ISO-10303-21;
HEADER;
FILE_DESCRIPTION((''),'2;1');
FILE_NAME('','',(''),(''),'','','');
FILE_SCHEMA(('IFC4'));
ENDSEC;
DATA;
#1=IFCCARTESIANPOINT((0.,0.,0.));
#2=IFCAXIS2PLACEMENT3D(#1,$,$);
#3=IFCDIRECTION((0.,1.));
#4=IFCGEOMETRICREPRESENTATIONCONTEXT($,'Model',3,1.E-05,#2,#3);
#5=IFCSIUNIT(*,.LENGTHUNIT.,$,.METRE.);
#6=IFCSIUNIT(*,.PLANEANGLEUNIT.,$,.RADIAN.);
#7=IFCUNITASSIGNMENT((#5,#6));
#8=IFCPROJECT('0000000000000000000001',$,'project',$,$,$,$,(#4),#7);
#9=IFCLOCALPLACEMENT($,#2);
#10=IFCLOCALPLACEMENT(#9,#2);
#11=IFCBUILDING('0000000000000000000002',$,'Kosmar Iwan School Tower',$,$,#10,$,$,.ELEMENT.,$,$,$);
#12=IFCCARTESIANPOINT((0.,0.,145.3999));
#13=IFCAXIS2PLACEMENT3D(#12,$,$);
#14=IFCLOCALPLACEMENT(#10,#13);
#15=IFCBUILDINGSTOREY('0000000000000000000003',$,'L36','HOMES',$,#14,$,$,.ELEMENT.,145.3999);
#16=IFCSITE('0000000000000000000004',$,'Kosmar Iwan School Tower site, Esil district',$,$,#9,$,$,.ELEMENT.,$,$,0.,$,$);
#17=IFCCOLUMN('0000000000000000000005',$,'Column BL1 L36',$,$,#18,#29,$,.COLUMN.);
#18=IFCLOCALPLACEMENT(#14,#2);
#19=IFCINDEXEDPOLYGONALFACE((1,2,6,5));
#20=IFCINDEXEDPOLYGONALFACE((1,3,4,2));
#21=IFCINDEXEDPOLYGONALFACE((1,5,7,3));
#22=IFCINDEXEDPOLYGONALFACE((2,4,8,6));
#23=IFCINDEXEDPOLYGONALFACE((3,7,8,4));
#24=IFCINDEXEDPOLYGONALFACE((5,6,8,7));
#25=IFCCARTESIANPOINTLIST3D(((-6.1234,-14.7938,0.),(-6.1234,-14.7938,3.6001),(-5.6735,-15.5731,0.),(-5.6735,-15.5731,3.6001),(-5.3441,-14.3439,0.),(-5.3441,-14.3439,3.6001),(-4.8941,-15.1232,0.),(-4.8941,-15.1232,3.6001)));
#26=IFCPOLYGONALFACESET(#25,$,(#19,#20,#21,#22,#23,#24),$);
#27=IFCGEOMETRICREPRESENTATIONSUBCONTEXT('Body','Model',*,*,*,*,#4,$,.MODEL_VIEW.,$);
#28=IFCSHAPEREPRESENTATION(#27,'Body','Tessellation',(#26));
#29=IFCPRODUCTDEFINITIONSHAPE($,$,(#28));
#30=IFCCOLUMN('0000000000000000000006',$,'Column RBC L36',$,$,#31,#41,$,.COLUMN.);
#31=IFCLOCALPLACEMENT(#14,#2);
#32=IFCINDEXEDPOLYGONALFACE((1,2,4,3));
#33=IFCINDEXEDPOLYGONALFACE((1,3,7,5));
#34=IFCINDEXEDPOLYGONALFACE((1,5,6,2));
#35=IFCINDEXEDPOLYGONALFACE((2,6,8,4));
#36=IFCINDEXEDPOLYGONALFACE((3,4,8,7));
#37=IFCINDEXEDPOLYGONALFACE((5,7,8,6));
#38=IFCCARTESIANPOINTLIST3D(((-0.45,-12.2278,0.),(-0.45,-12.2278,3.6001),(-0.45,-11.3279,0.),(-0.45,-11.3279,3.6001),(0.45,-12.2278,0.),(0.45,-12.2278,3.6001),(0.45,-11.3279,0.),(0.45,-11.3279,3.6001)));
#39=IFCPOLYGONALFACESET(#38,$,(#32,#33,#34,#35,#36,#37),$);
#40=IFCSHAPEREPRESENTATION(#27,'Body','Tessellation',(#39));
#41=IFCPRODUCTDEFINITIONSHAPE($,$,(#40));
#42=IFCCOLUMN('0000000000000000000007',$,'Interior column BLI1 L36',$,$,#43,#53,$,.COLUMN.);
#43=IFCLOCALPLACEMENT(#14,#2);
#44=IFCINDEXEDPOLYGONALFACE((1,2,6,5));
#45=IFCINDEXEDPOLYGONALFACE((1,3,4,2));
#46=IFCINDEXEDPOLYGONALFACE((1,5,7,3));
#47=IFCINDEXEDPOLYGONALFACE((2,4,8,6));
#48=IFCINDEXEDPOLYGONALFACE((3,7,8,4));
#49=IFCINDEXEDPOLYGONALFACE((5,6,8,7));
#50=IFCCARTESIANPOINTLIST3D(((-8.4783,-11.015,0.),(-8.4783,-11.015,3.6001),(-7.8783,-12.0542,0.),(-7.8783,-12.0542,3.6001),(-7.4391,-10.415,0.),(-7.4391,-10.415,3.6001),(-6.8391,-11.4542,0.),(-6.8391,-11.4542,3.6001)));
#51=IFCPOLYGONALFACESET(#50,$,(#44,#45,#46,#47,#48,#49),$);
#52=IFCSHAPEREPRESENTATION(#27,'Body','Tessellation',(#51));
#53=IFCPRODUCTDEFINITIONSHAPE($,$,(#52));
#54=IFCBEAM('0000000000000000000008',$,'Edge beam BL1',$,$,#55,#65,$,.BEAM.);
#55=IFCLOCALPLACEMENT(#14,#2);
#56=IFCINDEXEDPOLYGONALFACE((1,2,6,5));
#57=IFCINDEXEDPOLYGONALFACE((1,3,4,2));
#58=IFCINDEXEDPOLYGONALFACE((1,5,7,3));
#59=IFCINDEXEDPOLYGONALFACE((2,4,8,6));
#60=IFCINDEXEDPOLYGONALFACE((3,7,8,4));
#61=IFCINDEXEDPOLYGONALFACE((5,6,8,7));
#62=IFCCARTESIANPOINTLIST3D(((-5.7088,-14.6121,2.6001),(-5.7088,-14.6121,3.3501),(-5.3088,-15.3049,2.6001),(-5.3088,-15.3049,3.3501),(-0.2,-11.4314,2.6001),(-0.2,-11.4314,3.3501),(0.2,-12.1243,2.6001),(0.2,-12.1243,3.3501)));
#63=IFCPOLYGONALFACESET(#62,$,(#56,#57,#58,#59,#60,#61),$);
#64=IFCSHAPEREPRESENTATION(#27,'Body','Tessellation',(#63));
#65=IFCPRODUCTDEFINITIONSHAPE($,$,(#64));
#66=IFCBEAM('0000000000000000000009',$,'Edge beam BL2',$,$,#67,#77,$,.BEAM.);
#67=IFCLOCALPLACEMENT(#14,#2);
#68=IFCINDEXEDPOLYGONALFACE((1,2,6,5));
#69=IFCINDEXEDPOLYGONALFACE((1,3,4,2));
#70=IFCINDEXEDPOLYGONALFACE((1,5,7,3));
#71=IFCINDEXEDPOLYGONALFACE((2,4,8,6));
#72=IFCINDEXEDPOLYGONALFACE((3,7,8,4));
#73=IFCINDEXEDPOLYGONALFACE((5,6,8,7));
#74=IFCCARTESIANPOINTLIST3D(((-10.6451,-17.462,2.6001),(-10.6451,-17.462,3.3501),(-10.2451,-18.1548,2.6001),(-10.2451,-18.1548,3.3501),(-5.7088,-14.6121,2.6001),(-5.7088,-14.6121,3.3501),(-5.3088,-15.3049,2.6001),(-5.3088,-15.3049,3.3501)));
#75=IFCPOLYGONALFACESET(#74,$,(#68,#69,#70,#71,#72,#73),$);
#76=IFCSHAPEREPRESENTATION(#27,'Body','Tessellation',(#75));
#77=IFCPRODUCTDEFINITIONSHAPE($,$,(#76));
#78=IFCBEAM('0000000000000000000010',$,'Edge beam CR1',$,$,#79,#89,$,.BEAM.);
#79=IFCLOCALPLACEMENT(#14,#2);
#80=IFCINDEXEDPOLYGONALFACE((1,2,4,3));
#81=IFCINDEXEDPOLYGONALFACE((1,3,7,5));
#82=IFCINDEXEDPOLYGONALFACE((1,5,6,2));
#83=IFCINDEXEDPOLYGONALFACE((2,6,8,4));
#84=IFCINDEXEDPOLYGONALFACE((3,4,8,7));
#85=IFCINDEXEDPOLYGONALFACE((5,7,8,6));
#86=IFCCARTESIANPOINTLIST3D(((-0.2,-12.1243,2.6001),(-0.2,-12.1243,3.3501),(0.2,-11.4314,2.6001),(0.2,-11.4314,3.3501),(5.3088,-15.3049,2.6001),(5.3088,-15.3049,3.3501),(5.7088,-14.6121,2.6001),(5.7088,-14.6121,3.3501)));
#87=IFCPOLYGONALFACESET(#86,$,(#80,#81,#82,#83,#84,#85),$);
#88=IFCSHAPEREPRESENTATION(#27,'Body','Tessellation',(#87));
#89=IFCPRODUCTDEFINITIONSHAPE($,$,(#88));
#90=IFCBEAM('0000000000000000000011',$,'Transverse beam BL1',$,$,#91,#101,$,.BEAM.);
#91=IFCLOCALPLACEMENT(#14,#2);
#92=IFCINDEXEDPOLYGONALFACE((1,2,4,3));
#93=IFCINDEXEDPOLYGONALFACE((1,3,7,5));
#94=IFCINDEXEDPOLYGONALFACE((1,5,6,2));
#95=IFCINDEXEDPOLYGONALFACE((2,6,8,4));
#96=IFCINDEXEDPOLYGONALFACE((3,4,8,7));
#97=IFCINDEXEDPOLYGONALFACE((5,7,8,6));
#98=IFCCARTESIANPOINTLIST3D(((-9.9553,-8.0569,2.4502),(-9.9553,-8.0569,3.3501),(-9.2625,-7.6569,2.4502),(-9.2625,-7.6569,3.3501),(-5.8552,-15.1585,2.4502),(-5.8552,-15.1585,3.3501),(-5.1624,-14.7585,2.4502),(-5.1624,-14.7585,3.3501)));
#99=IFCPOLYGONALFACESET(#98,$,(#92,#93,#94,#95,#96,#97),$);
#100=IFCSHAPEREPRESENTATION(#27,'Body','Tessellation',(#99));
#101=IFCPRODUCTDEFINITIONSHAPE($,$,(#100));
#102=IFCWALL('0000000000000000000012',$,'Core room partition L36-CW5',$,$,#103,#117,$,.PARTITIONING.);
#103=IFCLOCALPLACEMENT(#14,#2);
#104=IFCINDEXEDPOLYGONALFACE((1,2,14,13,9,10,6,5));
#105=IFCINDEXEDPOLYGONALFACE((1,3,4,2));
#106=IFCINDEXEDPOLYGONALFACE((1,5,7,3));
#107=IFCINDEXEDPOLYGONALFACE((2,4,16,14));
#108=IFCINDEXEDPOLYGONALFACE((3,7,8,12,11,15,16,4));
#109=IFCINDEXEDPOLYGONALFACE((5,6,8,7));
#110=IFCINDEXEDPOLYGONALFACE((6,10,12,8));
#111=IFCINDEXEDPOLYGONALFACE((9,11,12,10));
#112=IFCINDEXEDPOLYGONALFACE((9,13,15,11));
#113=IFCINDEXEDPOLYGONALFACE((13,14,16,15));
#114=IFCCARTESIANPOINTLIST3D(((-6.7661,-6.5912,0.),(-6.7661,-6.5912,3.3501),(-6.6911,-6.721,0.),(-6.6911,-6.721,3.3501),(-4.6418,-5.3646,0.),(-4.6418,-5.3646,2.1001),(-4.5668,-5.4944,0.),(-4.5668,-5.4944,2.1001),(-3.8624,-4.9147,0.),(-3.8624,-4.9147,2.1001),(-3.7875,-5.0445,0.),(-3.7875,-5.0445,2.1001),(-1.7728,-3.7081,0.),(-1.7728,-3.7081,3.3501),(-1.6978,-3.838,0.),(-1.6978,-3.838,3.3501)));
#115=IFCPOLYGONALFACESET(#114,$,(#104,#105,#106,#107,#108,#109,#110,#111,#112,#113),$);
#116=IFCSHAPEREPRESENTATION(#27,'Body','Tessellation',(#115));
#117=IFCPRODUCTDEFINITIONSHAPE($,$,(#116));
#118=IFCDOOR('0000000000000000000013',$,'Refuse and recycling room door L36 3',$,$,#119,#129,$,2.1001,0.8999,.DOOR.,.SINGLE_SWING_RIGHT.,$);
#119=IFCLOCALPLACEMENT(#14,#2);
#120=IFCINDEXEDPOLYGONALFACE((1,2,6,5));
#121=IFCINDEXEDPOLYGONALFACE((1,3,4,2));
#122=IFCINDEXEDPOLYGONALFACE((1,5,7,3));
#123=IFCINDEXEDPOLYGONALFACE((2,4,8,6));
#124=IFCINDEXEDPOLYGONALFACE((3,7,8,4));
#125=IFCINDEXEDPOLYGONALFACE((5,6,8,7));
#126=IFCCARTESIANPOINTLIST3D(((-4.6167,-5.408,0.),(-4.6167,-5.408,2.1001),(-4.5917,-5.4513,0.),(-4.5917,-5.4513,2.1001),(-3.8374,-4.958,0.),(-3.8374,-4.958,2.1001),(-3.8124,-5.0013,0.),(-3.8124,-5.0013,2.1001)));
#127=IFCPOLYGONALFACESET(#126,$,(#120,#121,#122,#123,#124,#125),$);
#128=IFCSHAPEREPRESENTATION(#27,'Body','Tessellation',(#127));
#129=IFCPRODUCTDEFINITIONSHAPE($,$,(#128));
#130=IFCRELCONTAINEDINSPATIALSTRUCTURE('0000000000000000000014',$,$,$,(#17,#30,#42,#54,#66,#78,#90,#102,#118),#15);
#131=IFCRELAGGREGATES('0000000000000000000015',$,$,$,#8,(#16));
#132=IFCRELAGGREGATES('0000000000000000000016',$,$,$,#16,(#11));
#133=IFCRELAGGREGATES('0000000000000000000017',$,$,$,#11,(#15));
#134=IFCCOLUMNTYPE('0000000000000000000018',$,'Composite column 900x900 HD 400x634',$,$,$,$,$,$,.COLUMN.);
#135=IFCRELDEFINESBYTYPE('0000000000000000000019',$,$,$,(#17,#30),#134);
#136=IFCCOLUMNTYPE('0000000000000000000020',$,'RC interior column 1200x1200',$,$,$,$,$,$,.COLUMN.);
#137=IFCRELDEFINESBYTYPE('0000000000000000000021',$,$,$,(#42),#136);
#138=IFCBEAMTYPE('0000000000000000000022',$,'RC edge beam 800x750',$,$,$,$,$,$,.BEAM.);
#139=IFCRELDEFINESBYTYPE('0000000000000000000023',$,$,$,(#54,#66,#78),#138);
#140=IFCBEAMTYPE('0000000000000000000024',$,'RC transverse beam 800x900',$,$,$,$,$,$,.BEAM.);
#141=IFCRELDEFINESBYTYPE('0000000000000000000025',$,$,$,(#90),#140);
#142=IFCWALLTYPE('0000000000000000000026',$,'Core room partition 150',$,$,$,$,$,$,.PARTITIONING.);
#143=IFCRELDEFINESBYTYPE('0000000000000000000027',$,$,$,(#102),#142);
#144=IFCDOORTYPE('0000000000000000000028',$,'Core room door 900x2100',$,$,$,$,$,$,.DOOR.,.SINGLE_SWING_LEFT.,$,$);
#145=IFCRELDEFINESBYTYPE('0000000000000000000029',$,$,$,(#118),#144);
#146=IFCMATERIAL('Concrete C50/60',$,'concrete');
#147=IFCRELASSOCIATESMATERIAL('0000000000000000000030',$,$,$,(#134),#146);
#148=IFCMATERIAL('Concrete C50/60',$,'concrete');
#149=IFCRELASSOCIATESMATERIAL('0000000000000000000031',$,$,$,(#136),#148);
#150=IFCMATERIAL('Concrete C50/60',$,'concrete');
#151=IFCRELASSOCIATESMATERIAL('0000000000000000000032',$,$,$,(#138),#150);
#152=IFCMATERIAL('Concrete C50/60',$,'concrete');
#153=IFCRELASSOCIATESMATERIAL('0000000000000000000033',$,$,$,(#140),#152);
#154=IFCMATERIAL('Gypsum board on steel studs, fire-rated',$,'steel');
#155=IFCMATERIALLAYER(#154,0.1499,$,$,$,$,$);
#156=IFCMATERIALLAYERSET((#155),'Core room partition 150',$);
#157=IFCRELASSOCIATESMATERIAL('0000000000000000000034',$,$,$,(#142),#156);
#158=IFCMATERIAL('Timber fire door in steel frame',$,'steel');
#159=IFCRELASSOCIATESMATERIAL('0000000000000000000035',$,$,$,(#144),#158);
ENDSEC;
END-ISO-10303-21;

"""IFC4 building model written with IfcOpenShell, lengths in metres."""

from ifc_helpers import new_model, si_unit, direction, frame, frame_2d, origin, origin_2d, place, context, subcontext, project, spatial, rectangle, extrude, material, layer, layer_set, material_profile, profile_set, type_object, element, fill, save


model = new_model("IFC4")

# Units and contexts
model_context = context("Model", 3, precision=1e-05, world=origin(), true_north=direction((0.0, 1.0)))
body_context = subcontext(model_context, "Body", "Model", "MODEL_VIEW")
ifc_project = project(units=[si_unit("LENGTHUNIT", "METRE"), si_unit("PLANEANGLEUNIT", "RADIAN")], contexts=[model_context])

# Site, building, storey
site_placement = place(None, origin())
site = spatial("IfcSite", under=ifc_project, at=site_placement, Name="Kosmar Iwan School Tower site, Esil district", CompositionType="ELEMENT", RefElevation=0.0)
building_placement = place(site_placement, origin())
building = spatial("IfcBuilding", under=site, at=building_placement, Name="Kosmar Iwan School Tower", CompositionType="ELEMENT")
storey_placement = place(building_placement, frame((0.0, 0.0, 145.3999)))
storey = spatial("IfcBuildingStorey", under=building, at=storey_placement, Name="L36", Description="HOMES", CompositionType="ELEMENT", Elevation=145.3999)

# Columns
ifc_material_1 = material(Name="Concrete C50/60", Category="concrete")
ifc_material_profile_1 = material_profile(ifc_material_1, rectangle(XDim=0.8999, YDim=0.8999, at=origin_2d()), Name="RC 900x900 + HD 400x634")
ifc_profile_set_1 = profile_set([ifc_material_profile_1], Name="Concrete C50/60")
column_type_1 = type_object("IfcColumnType", Name="Composite column 900x900 HD 400x634", PredefinedType="COLUMN", material=ifc_profile_set_1)
for number, where, z_axis, x_axis, name in (
    (1, (-5.5088, -14.9585, 0.0), (0.0, 0.0, 1.0), (-0.866025, -0.5, 0.0), "Column BL1 L36"),
    (2, (0.0, -11.7778, 0.0), (0.0, 0.0, 1.0), (1.0, 0.0, 0.0), "Column RBC L36"),
):
    element("IfcColumn", number, at=place(storey_placement, frame(where, z_axis=z_axis, x_axis=x_axis)), inside=storey, type_object=column_type_1, Name=name, PredefinedType="COLUMN", context=body_context, shape_type="SweptSolid", body=[
        extrude(rectangle(XDim=0.8999, YDim=0.8999, at=origin_2d()), origin(), (0.0, 0.0, 1.0), 3.6001),
    ])
ifc_material_2 = material(Name="Concrete C50/60", Category="concrete")
ifc_material_profile_2 = material_profile(ifc_material_2, rectangle(XDim=1.2, YDim=1.2, at=origin_2d()), Name="RC 1200x1200")
ifc_profile_set_2 = profile_set([ifc_material_profile_2], Name="Concrete C50/60")
column_type_2 = type_object("IfcColumnType", Name="RC interior column 1200x1200", PredefinedType="COLUMN", material=ifc_profile_set_2)
column_placement = place(storey_placement, frame((-7.6587, -11.2346, 0.0), z_axis=(0.0, 0.0, 1.0), x_axis=(-0.866025, -0.5, 0.0)))
element("IfcColumn", 3, at=column_placement, inside=storey, type_object=column_type_2, Name="Interior column BLI1 L36", PredefinedType="COLUMN", context=body_context, shape_type="SweptSolid", body=[
    extrude(rectangle(XDim=1.2, YDim=1.2, at=origin_2d()), origin(), (0.0, 0.0, 1.0), 3.6001),
])

# Beams
ifc_material_3 = material(Name="Concrete C50/60", Category="concrete")
ifc_material_profile_3 = material_profile(ifc_material_3, rectangle(XDim=0.8, YDim=0.75, at=origin_2d()), Name="RC 800x750")
ifc_profile_set_3 = profile_set([ifc_material_profile_3], Name="Concrete C50/60")
beam_type_1 = type_object("IfcBeamType", Name="RC edge beam 800x750", PredefinedType="BEAM", material=ifc_profile_set_3)
beam_1_placement = place(storey_placement, frame((0.0, -11.7778, 2.9751), z_axis=(-0.866014, -0.500019, 0.0), x_axis=(0.500019, -0.866014, 0.0)))
element("IfcBeam", 4, at=beam_1_placement, inside=storey, type_object=beam_type_1, Name="Edge beam BL1", PredefinedType="BEAM", context=body_context, shape_type="SweptSolid", body=[
    extrude(rectangle(XDim=0.8, YDim=0.75, at=origin_2d()), origin(), (0.0, 0.0, 1.0), 6.3611),
])
beam_2_placement = place(storey_placement, frame((-5.5088, -14.9585, 2.9751), z_axis=(-0.866034, -0.499986, 0.0), x_axis=(0.499986, -0.866034, 0.0)))
element("IfcBeam", 5, at=beam_2_placement, inside=storey, type_object=beam_type_1, Name="Edge beam BL2", PredefinedType="BEAM", context=body_context, shape_type="SweptSolid", body=[
    extrude(rectangle(XDim=0.8, YDim=0.75, at=origin_2d()), origin(), (0.0, 0.0, 1.0), 5.7),
])
beam_3_placement = place(storey_placement, frame((0.0, -11.7778, 2.9751), z_axis=(0.866014, -0.500019, 0.0), x_axis=(0.500019, 0.866014, 0.0)))
element("IfcBeam", 6, at=beam_3_placement, inside=storey, type_object=beam_type_1, Name="Edge beam CR1", PredefinedType="BEAM", context=body_context, shape_type="SweptSolid", body=[
    extrude(rectangle(XDim=0.8, YDim=0.75, at=origin_2d()), origin(), (0.0, 0.0, 1.0), 6.3611),
])
ifc_material_4 = material(Name="Concrete C50/60", Category="concrete")
ifc_material_profile_4 = material_profile(ifc_material_4, rectangle(XDim=0.8, YDim=0.8999, at=origin_2d()), Name="RC 800x900")
ifc_profile_set_4 = profile_set([ifc_material_profile_4], Name="Concrete C50/60")
beam_type_2 = type_object("IfcBeamType", Name="RC transverse beam 800x900", PredefinedType="BEAM", material=ifc_profile_set_4)
beam_4_placement = place(storey_placement, frame((-5.5088, -14.9585, 2.9001), z_axis=(-0.500001, 0.866025, 0.0), x_axis=(-0.866025, -0.500001, 0.0)))
element("IfcBeam", 7, at=beam_4_placement, inside=storey, type_object=beam_type_2, Name="Transverse beam BL1", PredefinedType="BEAM", context=body_context, shape_type="SweptSolid", body=[
    extrude(rectangle(XDim=0.8, YDim=0.8999, at=origin_2d()), origin(), (0.0, 0.0, 1.0), 8.2002),
])

# Wall, opening, door
ifc_material_5 = material(Name="Gypsum board on steel studs, fire-rated", Category="steel")
ifc_layer_1 = layer(ifc_material_5, 0.1499)
ifc_layer_set_1 = layer_set([ifc_layer_1], Name="Core room partition 150")
wall_type_1 = type_object("IfcWallType", Name="Core room partition 150", PredefinedType="PARTITIONING", material=ifc_layer_set_1)
wall_1_placement = place(storey_placement, frame((-6.7285, -6.656, 0.0), z_axis=(0.0, 0.0, 1.0), x_axis=(0.866017, 0.500014, 0.0)))
wall_1 = element("IfcWall", 8, at=wall_1_placement, inside=storey, type_object=wall_type_1, Name="Core room partition L36-CW5", PredefinedType="PARTITIONING", context=body_context, shape_type="SweptSolid", body=[
    extrude(rectangle(XDim=5.7659, YDim=0.1499, at=frame_2d((2.8828, 0.0))), origin(), (0.0, 0.0, 1.0), 3.3501),
])
opening_1_placement = place(wall_1_placement, frame((2.4529, 0.0, 0.0)))
opening_1 = element("IfcOpeningElement", 9, at=opening_1_placement, cuts=wall_1, PredefinedType="OPENING", context=body_context, shape_type="SweptSolid", body=[
    extrude(rectangle(XDim=0.8999, YDim=2.1001, at=frame_2d((0.45, 1.05))), frame((0.0, 0.0869, 0.0), z_axis=(0.0, -1.0, 0.0), x_axis=(1.0, 0.0, 0.0)), (0.0, 0.0, 1.0), 0.1738),
])
ifc_material_6 = material(Name="Timber fire door in steel frame", Category="steel")
door_type_1 = type_object("IfcDoorType", Name="Core room door 900x2100", OperationType="SINGLE_SWING_LEFT", PredefinedType="DOOR", material=ifc_material_6)
door_1_placement = place(opening_1_placement, origin())
door_1 = element("IfcDoor", 10, at=door_1_placement, inside=storey, type_object=door_type_1, Name="Refuse and recycling room door L36 3", OperationType="SINGLE_SWING_RIGHT", OverallHeight=2.1001, OverallWidth=0.8999, PredefinedType="DOOR", context=body_context, shape_type="SweptSolid", body=[
    extrude(rectangle(XDim=0.8999, YDim=2.1001, at=frame_2d((0.45, 1.05))), frame((0.0, 0.0249, 0.0), z_axis=(0.0, -1.0, 0.0), x_axis=(1.0, 0.0, 0.0)), (0.0, 0.0, 1.0), 0.05),
])
fill(opening_1, door_1)

save(model, "model.ifc")
